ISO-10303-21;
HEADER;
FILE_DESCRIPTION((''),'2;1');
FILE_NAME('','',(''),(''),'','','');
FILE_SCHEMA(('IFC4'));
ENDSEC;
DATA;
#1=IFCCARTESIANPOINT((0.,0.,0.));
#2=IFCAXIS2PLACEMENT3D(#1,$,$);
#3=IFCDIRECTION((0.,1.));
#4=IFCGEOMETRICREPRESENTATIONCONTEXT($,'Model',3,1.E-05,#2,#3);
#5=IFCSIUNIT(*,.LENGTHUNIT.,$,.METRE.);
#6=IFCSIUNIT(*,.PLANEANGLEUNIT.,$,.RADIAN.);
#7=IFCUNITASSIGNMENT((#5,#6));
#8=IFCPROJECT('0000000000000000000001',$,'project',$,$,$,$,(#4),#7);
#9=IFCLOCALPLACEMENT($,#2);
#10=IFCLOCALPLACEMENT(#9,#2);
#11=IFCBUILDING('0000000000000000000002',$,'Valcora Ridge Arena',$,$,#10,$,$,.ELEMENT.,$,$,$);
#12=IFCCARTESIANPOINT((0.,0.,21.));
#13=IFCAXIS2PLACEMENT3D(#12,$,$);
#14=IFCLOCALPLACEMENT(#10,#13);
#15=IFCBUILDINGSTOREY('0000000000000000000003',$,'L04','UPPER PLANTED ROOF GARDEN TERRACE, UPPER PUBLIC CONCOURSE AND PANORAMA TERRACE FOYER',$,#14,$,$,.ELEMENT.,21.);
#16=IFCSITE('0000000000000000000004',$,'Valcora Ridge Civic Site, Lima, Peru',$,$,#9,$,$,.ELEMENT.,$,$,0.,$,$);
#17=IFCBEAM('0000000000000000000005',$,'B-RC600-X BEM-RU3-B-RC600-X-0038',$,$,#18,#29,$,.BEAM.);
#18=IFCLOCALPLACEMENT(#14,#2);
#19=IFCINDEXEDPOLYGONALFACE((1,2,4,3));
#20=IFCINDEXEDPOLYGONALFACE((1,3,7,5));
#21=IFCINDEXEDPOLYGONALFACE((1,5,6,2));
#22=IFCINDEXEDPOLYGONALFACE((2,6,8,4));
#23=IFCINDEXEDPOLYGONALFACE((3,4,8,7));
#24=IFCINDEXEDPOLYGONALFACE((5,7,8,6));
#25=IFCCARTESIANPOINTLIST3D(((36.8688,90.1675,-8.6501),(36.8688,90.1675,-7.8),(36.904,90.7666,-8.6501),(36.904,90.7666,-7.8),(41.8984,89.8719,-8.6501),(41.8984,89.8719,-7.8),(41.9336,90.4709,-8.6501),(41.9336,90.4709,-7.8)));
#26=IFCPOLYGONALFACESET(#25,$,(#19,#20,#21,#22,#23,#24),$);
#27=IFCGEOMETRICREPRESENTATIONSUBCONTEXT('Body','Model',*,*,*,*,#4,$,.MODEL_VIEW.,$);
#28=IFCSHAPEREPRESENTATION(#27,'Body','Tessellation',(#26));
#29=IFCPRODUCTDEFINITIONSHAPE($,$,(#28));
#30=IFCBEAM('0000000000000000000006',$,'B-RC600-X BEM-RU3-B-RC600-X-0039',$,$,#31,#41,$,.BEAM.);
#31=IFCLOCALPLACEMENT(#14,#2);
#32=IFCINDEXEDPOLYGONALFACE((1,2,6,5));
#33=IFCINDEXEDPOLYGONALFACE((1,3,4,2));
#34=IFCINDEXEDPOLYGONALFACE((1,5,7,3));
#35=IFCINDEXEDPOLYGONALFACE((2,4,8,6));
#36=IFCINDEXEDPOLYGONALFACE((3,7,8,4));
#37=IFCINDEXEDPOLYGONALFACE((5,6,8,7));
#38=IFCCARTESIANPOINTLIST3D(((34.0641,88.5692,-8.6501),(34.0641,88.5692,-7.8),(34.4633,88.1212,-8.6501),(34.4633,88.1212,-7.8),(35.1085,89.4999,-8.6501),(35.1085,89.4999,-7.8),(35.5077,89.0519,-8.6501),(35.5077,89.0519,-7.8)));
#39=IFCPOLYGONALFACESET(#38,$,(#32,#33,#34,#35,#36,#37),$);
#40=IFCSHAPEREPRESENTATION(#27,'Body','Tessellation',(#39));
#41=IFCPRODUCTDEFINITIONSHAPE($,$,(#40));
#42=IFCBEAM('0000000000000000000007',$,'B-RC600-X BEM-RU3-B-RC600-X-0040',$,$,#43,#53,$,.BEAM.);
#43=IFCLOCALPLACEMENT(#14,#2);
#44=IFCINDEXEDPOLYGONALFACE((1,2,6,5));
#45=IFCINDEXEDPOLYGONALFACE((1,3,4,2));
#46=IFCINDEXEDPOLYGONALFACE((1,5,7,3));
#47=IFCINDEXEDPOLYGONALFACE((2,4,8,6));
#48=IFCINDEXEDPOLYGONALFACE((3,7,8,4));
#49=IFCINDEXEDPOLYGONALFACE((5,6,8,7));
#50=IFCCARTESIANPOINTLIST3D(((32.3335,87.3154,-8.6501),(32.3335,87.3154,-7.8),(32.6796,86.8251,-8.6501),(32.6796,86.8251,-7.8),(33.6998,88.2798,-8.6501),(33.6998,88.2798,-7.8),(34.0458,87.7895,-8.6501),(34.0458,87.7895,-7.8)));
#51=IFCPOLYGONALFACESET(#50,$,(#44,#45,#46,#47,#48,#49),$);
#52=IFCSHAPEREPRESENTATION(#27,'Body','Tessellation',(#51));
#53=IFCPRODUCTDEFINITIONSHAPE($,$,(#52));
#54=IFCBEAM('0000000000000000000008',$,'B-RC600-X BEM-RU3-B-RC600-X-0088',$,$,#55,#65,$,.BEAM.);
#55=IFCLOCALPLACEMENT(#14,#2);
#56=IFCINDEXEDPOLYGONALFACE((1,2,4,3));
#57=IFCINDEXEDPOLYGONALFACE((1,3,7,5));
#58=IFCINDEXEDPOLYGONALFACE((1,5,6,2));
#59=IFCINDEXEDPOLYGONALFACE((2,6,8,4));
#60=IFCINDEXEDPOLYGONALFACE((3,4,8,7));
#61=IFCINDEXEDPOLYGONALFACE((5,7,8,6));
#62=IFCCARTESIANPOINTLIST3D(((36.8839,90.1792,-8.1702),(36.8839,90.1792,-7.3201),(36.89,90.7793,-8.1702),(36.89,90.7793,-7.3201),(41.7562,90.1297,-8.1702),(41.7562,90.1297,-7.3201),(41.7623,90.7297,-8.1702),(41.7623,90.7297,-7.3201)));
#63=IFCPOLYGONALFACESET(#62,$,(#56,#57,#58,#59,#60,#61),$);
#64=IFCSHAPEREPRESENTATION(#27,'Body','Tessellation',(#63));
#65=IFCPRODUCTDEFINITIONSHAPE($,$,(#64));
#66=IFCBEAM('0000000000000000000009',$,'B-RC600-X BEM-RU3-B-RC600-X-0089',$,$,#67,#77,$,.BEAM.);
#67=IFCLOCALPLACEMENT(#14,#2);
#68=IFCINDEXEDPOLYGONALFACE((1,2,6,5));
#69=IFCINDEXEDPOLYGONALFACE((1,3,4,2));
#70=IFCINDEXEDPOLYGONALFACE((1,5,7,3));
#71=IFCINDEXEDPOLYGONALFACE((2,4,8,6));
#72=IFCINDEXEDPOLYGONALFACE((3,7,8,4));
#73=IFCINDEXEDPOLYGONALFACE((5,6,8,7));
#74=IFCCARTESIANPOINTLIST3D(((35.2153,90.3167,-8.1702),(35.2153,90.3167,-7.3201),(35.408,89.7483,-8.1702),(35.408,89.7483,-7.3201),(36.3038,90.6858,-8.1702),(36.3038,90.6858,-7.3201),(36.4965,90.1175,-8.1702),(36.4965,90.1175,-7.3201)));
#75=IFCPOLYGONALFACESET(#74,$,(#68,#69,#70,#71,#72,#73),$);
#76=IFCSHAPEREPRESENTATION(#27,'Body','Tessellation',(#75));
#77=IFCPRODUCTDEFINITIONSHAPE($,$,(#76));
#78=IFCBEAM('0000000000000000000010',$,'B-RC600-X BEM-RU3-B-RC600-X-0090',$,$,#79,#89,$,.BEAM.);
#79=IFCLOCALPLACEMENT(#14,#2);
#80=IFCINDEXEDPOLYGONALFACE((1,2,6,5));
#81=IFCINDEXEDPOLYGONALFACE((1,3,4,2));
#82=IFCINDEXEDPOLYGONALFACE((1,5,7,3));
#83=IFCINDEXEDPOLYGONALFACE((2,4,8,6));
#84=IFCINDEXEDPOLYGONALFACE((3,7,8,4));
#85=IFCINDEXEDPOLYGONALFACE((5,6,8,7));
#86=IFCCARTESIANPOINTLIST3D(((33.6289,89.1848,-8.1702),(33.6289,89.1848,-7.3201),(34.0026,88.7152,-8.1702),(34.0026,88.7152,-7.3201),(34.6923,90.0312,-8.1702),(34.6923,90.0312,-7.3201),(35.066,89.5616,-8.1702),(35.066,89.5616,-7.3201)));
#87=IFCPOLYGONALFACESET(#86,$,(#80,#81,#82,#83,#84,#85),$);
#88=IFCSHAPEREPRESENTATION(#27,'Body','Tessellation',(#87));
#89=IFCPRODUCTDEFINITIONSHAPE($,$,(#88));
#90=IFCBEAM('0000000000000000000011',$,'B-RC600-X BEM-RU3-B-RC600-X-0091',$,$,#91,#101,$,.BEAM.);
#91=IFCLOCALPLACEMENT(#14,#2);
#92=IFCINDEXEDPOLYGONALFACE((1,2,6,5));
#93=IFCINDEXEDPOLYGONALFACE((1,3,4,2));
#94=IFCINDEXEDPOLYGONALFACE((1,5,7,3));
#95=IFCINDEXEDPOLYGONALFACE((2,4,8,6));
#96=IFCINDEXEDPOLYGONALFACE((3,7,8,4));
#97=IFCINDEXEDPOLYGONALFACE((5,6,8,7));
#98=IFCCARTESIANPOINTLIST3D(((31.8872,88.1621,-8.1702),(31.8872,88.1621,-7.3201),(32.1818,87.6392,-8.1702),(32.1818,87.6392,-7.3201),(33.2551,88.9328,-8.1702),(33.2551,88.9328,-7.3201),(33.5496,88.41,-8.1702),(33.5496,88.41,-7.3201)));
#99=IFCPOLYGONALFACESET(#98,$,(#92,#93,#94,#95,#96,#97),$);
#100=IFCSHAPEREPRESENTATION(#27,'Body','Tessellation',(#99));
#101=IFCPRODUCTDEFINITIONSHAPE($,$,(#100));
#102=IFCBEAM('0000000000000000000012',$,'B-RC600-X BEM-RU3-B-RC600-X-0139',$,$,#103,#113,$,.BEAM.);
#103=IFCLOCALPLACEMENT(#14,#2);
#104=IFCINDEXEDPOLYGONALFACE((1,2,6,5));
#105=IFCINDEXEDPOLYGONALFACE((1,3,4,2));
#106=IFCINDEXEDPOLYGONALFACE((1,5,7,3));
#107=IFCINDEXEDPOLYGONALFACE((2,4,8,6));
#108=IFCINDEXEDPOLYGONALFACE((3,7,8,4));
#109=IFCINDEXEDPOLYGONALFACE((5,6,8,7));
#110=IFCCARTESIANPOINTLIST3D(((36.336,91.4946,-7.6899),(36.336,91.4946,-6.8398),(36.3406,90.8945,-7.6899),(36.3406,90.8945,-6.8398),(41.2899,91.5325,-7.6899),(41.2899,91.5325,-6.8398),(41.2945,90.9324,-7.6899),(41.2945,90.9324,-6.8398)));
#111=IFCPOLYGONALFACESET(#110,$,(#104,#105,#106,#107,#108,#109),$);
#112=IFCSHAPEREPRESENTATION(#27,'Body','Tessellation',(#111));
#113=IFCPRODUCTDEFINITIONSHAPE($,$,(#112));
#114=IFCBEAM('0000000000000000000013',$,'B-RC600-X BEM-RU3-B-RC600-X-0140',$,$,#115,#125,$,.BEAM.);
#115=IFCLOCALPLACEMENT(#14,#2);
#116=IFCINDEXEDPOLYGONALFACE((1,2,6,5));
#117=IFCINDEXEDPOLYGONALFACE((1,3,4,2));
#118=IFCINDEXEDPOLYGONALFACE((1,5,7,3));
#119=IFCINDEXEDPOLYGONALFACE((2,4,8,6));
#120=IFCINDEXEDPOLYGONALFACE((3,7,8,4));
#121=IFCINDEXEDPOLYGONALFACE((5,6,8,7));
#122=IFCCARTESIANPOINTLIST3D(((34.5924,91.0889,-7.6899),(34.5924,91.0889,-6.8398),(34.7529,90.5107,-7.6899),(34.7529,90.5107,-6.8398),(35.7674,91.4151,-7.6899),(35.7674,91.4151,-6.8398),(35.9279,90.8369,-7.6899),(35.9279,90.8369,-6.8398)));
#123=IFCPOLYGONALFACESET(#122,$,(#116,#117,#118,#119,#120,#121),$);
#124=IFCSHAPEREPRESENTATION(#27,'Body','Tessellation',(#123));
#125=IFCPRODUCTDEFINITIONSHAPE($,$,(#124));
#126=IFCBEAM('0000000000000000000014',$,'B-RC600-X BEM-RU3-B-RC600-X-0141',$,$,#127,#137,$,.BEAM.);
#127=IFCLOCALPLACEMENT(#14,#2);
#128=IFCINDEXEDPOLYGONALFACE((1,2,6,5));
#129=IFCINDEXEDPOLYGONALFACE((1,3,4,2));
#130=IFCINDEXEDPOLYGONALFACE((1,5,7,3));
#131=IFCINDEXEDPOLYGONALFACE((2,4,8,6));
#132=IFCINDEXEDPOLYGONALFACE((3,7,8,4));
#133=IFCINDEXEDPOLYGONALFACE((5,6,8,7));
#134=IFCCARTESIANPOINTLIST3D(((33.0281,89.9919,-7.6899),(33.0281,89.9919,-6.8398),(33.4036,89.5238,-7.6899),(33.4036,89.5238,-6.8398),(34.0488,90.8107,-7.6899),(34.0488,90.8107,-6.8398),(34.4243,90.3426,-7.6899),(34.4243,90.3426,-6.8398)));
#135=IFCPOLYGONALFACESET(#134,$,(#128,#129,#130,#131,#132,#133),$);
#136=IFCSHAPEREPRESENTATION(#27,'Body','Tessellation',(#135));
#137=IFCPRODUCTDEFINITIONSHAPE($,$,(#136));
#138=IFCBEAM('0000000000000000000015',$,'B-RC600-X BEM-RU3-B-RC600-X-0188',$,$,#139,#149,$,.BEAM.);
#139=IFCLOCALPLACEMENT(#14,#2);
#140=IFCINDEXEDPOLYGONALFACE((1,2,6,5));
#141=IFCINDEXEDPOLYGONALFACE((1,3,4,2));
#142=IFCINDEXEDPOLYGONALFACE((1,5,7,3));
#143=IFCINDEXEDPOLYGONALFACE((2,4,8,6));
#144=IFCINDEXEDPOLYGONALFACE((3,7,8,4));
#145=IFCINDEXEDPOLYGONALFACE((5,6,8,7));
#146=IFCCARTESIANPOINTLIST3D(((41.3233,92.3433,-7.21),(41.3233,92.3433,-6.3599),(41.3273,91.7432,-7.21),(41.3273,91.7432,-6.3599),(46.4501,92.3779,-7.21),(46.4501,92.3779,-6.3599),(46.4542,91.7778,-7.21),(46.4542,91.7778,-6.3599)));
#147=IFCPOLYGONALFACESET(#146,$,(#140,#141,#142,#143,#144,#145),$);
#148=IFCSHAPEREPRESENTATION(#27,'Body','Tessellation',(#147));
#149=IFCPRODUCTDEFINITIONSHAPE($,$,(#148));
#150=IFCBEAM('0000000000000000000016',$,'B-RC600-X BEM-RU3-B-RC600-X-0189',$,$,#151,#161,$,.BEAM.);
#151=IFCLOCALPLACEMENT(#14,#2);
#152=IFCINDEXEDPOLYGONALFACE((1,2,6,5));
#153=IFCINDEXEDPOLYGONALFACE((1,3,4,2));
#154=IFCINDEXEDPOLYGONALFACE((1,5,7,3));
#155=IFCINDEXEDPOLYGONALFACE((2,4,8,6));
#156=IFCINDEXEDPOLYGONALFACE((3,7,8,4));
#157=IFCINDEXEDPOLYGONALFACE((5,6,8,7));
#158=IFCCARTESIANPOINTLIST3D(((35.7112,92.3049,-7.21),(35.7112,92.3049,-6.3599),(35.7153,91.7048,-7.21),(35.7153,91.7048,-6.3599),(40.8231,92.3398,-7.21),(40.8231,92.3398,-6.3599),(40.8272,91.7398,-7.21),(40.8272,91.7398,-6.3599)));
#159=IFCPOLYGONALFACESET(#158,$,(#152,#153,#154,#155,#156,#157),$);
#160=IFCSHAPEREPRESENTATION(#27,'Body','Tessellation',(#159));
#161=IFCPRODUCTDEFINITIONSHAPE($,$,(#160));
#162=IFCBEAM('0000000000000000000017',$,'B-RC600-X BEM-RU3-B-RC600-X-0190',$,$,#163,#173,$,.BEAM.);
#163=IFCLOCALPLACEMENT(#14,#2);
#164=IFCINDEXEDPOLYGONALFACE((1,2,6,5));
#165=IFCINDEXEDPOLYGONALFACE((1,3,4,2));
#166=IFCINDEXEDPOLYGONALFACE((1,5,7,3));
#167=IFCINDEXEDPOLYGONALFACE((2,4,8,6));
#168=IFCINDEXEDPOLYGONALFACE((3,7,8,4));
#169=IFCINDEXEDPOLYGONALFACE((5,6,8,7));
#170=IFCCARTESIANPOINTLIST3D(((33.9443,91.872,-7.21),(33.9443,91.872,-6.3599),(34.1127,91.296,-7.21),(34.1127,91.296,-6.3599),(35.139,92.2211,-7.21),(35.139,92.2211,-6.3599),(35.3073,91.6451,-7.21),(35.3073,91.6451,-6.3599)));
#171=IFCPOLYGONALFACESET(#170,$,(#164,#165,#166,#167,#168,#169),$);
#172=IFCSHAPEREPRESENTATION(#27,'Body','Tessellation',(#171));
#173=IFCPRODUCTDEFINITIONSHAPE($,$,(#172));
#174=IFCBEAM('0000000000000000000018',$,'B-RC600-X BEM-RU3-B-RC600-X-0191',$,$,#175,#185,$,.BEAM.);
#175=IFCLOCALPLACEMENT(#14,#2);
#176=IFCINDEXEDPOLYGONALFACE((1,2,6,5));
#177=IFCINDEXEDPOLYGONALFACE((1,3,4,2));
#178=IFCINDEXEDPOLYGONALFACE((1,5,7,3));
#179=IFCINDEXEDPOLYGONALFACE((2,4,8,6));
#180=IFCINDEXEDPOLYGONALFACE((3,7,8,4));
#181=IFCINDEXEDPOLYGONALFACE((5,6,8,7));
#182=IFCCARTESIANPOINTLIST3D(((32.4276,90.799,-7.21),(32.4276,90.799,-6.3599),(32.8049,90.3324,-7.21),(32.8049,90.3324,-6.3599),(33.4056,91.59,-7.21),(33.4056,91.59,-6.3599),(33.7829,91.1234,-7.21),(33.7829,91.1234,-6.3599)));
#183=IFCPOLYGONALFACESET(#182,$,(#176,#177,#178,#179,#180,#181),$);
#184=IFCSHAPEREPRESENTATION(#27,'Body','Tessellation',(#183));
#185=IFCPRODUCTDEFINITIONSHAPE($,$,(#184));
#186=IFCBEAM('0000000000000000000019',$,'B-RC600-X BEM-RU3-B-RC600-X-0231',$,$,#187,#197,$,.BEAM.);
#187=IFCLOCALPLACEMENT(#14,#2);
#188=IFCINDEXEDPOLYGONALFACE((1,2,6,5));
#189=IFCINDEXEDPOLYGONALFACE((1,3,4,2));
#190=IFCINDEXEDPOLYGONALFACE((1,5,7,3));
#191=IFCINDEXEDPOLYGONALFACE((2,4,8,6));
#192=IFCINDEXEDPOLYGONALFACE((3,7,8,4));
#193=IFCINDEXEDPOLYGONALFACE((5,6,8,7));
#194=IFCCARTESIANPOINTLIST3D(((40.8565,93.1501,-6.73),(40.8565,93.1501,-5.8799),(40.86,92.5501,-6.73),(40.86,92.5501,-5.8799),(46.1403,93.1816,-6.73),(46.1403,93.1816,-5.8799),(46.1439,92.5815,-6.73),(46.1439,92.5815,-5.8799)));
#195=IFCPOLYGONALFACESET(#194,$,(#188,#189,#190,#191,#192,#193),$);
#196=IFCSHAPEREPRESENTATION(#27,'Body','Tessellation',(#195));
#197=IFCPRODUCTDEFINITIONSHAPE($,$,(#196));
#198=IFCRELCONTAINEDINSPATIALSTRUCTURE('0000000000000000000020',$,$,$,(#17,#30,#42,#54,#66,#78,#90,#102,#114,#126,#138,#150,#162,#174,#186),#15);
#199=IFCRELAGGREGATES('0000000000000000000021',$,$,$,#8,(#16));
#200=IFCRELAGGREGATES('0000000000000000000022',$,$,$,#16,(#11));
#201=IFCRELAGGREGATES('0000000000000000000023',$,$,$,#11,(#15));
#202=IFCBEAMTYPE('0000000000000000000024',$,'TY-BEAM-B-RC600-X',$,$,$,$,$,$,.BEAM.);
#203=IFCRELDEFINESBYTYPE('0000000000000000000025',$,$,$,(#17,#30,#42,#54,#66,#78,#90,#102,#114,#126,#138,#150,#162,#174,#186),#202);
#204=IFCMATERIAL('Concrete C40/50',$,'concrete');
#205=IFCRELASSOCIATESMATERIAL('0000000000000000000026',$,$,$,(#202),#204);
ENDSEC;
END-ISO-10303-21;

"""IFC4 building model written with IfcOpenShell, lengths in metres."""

from ifc_helpers import new_model, si_unit, direction, frame, origin, origin_2d, place, context, subcontext, project, spatial, rectangle, extrude, material, material_profile, profile_set, type_object, element, save


model = new_model("IFC4")

# Units and contexts
model_context = context("Model", 3, precision=1e-05, world=origin(), true_north=direction((0.0, 1.0)))
body_context = subcontext(model_context, "Body", "Model", "MODEL_VIEW")
ifc_project = project(units=[si_unit("LENGTHUNIT", "METRE"), si_unit("PLANEANGLEUNIT", "RADIAN")], contexts=[model_context])

# Site, building, storey
site_placement = place(None, origin())
site = spatial("IfcSite", under=ifc_project, at=site_placement, Name="Valcora Ridge Civic Site, Lima, Peru", CompositionType="ELEMENT", RefElevation=0.0)
building_placement = place(site_placement, origin())
building = spatial("IfcBuilding", under=site, at=building_placement, Name="Valcora Ridge Arena", CompositionType="ELEMENT")
storey_placement = place(building_placement, frame((0.0, 0.0, 21.0)))
storey = spatial("IfcBuildingStorey", under=building, at=storey_placement, Name="L04", Description="UPPER PLANTED ROOF GARDEN TERRACE, UPPER PUBLIC CONCOURSE AND PANORAMA TERRACE FOYER", CompositionType="ELEMENT", Elevation=21.0)

# Beams
ifc_material_1 = material(Name="Concrete C40/50", Category="concrete")
ifc_material_profile_1 = material_profile(ifc_material_1, rectangle(XDim=0.6001, YDim=0.8501, at=origin_2d()), Name="RC 600x850")
ifc_profile_set_1 = profile_set([ifc_material_profile_1], Name="Concrete C40/50")
beam_type_1 = type_object("IfcBeamType", Name="TY-BEAM-B-RC600-X", PredefinedType="BEAM", material=ifc_profile_set_1)
beam_1_placement = place(storey_placement, frame((41.916, 90.1714, -8.2251), z_axis=(-0.998277, 0.058682, 0.0), x_axis=(-0.058682, -0.998277, 0.0)))
element("IfcBeam", 1, at=beam_1_placement, inside=storey, type_object=beam_type_1, Name="B-RC600-X BEM-RU3-B-RC600-X-0038", PredefinedType="BEAM", context=body_context, shape_type="SweptSolid", body=[
    extrude(rectangle(XDim=0.6001, YDim=0.8501, at=origin_2d()), origin(), (0.0, 0.0, 1.0), 5.0383),
])
beam_2_placement = place(storey_placement, frame((35.3081, 89.2759, -8.2251), z_axis=(-0.7466, -0.665273, 0.0), x_axis=(0.665273, -0.7466, 0.0)))
element("IfcBeam", 2, at=beam_2_placement, inside=storey, type_object=beam_type_1, Name="B-RC600-X BEM-RU3-B-RC600-X-0039", PredefinedType="BEAM", context=body_context, shape_type="SweptSolid", body=[
    extrude(rectangle(XDim=0.6001, YDim=0.8501, at=origin_2d()), origin(), (0.0, 0.0, 1.0), 1.3989),
])
beam_3_placement = place(storey_placement, frame((33.8728, 88.0347, -8.2251), z_axis=(-0.816976, -0.576672, 0.0), x_axis=(0.576672, -0.816976, 0.0)))
element("IfcBeam", 3, at=beam_3_placement, inside=storey, type_object=beam_type_1, Name="B-RC600-X BEM-RU3-B-RC600-X-0040", PredefinedType="BEAM", context=body_context, shape_type="SweptSolid", body=[
    extrude(rectangle(XDim=0.6001, YDim=0.8501, at=origin_2d()), origin(), (0.0, 0.0, 1.0), 1.6724),
])
beam_4_placement = place(storey_placement, frame((41.7593, 90.4297, -7.7451), z_axis=(-0.999948, 0.010171, 0.0), x_axis=(-0.010171, -0.999948, 0.0)))
element("IfcBeam", 4, at=beam_4_placement, inside=storey, type_object=beam_type_1, Name="B-RC600-X BEM-RU3-B-RC600-X-0088", PredefinedType="BEAM", context=body_context, shape_type="SweptSolid", body=[
    extrude(rectangle(XDim=0.6001, YDim=0.8501, at=origin_2d()), origin(), (0.0, 0.0, 1.0), 4.8726),
])
beam_5_placement = place(storey_placement, frame((36.4001, 90.4016, -7.7451), z_axis=(-0.947035, -0.32113, 0.0), x_axis=(0.32113, -0.947035, 0.0)))
element("IfcBeam", 5, at=beam_5_placement, inside=storey, type_object=beam_type_1, Name="B-RC600-X BEM-RU3-B-RC600-X-0089", PredefinedType="BEAM", context=body_context, shape_type="SweptSolid", body=[
    extrude(rectangle(XDim=0.6001, YDim=0.8501, at=origin_2d()), origin(), (0.0, 0.0, 1.0), 1.1494),
])
beam_6_placement = place(storey_placement, frame((34.8792, 89.7964, -7.7451), z_axis=(-0.782426, -0.622744, 0.0), x_axis=(0.622744, -0.782426, 0.0)))
element("IfcBeam", 6, at=beam_6_placement, inside=storey, type_object=beam_type_1, Name="B-RC600-X BEM-RU3-B-RC600-X-0090", PredefinedType="BEAM", context=body_context, shape_type="SweptSolid", body=[
    extrude(rectangle(XDim=0.6001, YDim=0.8501, at=origin_2d()), origin(), (0.0, 0.0, 1.0), 1.3591),
])
beam_7_placement = place(storey_placement, frame((33.4023, 88.6714, -7.7451), z_axis=(-0.871222, -0.490889, 0.0), x_axis=(0.490889, -0.871222, 0.0)))
element("IfcBeam", 7, at=beam_7_placement, inside=storey, type_object=beam_type_1, Name="B-RC600-X BEM-RU3-B-RC600-X-0091", PredefinedType="BEAM", context=body_context, shape_type="SweptSolid", body=[
    extrude(rectangle(XDim=0.6001, YDim=0.8501, at=origin_2d()), origin(), (0.0, 0.0, 1.0), 1.5701),
])
beam_8_placement = place(storey_placement, frame((41.2922, 91.2324, -7.2649), z_axis=(-0.999971, -0.007639, 0.0), x_axis=(0.007639, -0.999971, 0.0)))
element("IfcBeam", 8, at=beam_8_placement, inside=storey, type_object=beam_type_1, Name="B-RC600-X BEM-RU3-B-RC600-X-0139", PredefinedType="BEAM", context=body_context, shape_type="SweptSolid", body=[
    extrude(rectangle(XDim=0.6001, YDim=0.8501, at=origin_2d()), origin(), (0.0, 0.0, 1.0), 4.9541),
])
beam_9_placement = place(storey_placement, frame((35.8477, 91.126, -7.2649), z_axis=(-0.963567, -0.267468, 0.0), x_axis=(0.267468, -0.963567, 0.0)))
element("IfcBeam", 9, at=beam_9_placement, inside=storey, type_object=beam_type_1, Name="B-RC600-X BEM-RU3-B-RC600-X-0140", PredefinedType="BEAM", context=body_context, shape_type="SweptSolid", body=[
    extrude(rectangle(XDim=0.6001, YDim=0.8501, at=origin_2d()), origin(), (0.0, 0.0, 1.0), 1.2195),
])
beam_10_placement = place(storey_placement, frame((34.2366, 90.5767, -7.2649), z_axis=(-0.780031, -0.625741, 0.0), x_axis=(0.625741, -0.780031, 0.0)))
element("IfcBeam", 10, at=beam_10_placement, inside=storey, type_object=beam_type_1, Name="B-RC600-X BEM-RU3-B-RC600-X-0141", PredefinedType="BEAM", context=body_context, shape_type="SweptSolid", body=[
    extrude(rectangle(XDim=0.6001, YDim=0.8501, at=origin_2d()), origin(), (0.0, 0.0, 1.0), 1.3086),
])
beam_11_placement = place(storey_placement, frame((46.4521, 92.0779, -6.7849), z_axis=(-0.999977, -0.006762, 0.0), x_axis=(0.006762, -0.999977, 0.0)))
element("IfcBeam", 11, at=beam_11_placement, inside=storey, type_object=beam_type_1, Name="B-RC600-X BEM-RU3-B-RC600-X-0188", PredefinedType="BEAM", context=body_context, shape_type="SweptSolid", body=[
    extrude(rectangle(XDim=0.6001, YDim=0.8501, at=origin_2d()), origin(), (0.0, 0.0, 1.0), 5.127),
])
beam_12_placement = place(storey_placement, frame((40.8252, 92.0398, -6.7849), z_axis=(-0.999977, -0.006829, 0.0), x_axis=(0.006829, -0.999977, 0.0)))
element("IfcBeam", 12, at=beam_12_placement, inside=storey, type_object=beam_type_1, Name="B-RC600-X BEM-RU3-B-RC600-X-0189", PredefinedType="BEAM", context=body_context, shape_type="SweptSolid", body=[
    extrude(rectangle(XDim=0.6001, YDim=0.8501, at=origin_2d()), origin(), (0.0, 0.0, 1.0), 5.1121),
])
beam_13_placement = place(storey_placement, frame((35.2231, 91.9331, -6.7849), z_axis=(-0.959848, -0.28052, 0.0), x_axis=(0.28052, -0.959848, 0.0)))
element("IfcBeam", 13, at=beam_13_placement, inside=storey, type_object=beam_type_1, Name="B-RC600-X BEM-RU3-B-RC600-X-0190", PredefinedType="BEAM", context=body_context, shape_type="SweptSolid", body=[
    extrude(rectangle(XDim=0.6001, YDim=0.8501, at=origin_2d()), origin(), (0.0, 0.0, 1.0), 1.2446),
])
beam_14_placement = place(storey_placement, frame((33.5942, 91.3567, -6.7849), z_axis=(-0.777525, -0.628852, 0.0), x_axis=(0.628852, -0.777525, 0.0)))
element("IfcBeam", 14, at=beam_14_placement, inside=storey, type_object=beam_type_1, Name="B-RC600-X BEM-RU3-B-RC600-X-0191", PredefinedType="BEAM", context=body_context, shape_type="SweptSolid", body=[
    extrude(rectangle(XDim=0.6001, YDim=0.8501, at=origin_2d()), origin(), (0.0, 0.0, 1.0), 1.2578),
])
beam_15_placement = place(storey_placement, frame((46.1421, 92.8816, -6.3049), z_axis=(-0.999982, -0.00596, 0.0), x_axis=(0.00596, -0.999982, 0.0)))
element("IfcBeam", 15, at=beam_15_placement, inside=storey, type_object=beam_type_1, Name="B-RC600-X BEM-RU3-B-RC600-X-0231", PredefinedType="BEAM", context=body_context, shape_type="SweptSolid", body=[
    extrude(rectangle(XDim=0.6001, YDim=0.8501, at=origin_2d()), origin(), (0.0, 0.0, 1.0), 5.2839),
])

save(model, "model.ifc")
